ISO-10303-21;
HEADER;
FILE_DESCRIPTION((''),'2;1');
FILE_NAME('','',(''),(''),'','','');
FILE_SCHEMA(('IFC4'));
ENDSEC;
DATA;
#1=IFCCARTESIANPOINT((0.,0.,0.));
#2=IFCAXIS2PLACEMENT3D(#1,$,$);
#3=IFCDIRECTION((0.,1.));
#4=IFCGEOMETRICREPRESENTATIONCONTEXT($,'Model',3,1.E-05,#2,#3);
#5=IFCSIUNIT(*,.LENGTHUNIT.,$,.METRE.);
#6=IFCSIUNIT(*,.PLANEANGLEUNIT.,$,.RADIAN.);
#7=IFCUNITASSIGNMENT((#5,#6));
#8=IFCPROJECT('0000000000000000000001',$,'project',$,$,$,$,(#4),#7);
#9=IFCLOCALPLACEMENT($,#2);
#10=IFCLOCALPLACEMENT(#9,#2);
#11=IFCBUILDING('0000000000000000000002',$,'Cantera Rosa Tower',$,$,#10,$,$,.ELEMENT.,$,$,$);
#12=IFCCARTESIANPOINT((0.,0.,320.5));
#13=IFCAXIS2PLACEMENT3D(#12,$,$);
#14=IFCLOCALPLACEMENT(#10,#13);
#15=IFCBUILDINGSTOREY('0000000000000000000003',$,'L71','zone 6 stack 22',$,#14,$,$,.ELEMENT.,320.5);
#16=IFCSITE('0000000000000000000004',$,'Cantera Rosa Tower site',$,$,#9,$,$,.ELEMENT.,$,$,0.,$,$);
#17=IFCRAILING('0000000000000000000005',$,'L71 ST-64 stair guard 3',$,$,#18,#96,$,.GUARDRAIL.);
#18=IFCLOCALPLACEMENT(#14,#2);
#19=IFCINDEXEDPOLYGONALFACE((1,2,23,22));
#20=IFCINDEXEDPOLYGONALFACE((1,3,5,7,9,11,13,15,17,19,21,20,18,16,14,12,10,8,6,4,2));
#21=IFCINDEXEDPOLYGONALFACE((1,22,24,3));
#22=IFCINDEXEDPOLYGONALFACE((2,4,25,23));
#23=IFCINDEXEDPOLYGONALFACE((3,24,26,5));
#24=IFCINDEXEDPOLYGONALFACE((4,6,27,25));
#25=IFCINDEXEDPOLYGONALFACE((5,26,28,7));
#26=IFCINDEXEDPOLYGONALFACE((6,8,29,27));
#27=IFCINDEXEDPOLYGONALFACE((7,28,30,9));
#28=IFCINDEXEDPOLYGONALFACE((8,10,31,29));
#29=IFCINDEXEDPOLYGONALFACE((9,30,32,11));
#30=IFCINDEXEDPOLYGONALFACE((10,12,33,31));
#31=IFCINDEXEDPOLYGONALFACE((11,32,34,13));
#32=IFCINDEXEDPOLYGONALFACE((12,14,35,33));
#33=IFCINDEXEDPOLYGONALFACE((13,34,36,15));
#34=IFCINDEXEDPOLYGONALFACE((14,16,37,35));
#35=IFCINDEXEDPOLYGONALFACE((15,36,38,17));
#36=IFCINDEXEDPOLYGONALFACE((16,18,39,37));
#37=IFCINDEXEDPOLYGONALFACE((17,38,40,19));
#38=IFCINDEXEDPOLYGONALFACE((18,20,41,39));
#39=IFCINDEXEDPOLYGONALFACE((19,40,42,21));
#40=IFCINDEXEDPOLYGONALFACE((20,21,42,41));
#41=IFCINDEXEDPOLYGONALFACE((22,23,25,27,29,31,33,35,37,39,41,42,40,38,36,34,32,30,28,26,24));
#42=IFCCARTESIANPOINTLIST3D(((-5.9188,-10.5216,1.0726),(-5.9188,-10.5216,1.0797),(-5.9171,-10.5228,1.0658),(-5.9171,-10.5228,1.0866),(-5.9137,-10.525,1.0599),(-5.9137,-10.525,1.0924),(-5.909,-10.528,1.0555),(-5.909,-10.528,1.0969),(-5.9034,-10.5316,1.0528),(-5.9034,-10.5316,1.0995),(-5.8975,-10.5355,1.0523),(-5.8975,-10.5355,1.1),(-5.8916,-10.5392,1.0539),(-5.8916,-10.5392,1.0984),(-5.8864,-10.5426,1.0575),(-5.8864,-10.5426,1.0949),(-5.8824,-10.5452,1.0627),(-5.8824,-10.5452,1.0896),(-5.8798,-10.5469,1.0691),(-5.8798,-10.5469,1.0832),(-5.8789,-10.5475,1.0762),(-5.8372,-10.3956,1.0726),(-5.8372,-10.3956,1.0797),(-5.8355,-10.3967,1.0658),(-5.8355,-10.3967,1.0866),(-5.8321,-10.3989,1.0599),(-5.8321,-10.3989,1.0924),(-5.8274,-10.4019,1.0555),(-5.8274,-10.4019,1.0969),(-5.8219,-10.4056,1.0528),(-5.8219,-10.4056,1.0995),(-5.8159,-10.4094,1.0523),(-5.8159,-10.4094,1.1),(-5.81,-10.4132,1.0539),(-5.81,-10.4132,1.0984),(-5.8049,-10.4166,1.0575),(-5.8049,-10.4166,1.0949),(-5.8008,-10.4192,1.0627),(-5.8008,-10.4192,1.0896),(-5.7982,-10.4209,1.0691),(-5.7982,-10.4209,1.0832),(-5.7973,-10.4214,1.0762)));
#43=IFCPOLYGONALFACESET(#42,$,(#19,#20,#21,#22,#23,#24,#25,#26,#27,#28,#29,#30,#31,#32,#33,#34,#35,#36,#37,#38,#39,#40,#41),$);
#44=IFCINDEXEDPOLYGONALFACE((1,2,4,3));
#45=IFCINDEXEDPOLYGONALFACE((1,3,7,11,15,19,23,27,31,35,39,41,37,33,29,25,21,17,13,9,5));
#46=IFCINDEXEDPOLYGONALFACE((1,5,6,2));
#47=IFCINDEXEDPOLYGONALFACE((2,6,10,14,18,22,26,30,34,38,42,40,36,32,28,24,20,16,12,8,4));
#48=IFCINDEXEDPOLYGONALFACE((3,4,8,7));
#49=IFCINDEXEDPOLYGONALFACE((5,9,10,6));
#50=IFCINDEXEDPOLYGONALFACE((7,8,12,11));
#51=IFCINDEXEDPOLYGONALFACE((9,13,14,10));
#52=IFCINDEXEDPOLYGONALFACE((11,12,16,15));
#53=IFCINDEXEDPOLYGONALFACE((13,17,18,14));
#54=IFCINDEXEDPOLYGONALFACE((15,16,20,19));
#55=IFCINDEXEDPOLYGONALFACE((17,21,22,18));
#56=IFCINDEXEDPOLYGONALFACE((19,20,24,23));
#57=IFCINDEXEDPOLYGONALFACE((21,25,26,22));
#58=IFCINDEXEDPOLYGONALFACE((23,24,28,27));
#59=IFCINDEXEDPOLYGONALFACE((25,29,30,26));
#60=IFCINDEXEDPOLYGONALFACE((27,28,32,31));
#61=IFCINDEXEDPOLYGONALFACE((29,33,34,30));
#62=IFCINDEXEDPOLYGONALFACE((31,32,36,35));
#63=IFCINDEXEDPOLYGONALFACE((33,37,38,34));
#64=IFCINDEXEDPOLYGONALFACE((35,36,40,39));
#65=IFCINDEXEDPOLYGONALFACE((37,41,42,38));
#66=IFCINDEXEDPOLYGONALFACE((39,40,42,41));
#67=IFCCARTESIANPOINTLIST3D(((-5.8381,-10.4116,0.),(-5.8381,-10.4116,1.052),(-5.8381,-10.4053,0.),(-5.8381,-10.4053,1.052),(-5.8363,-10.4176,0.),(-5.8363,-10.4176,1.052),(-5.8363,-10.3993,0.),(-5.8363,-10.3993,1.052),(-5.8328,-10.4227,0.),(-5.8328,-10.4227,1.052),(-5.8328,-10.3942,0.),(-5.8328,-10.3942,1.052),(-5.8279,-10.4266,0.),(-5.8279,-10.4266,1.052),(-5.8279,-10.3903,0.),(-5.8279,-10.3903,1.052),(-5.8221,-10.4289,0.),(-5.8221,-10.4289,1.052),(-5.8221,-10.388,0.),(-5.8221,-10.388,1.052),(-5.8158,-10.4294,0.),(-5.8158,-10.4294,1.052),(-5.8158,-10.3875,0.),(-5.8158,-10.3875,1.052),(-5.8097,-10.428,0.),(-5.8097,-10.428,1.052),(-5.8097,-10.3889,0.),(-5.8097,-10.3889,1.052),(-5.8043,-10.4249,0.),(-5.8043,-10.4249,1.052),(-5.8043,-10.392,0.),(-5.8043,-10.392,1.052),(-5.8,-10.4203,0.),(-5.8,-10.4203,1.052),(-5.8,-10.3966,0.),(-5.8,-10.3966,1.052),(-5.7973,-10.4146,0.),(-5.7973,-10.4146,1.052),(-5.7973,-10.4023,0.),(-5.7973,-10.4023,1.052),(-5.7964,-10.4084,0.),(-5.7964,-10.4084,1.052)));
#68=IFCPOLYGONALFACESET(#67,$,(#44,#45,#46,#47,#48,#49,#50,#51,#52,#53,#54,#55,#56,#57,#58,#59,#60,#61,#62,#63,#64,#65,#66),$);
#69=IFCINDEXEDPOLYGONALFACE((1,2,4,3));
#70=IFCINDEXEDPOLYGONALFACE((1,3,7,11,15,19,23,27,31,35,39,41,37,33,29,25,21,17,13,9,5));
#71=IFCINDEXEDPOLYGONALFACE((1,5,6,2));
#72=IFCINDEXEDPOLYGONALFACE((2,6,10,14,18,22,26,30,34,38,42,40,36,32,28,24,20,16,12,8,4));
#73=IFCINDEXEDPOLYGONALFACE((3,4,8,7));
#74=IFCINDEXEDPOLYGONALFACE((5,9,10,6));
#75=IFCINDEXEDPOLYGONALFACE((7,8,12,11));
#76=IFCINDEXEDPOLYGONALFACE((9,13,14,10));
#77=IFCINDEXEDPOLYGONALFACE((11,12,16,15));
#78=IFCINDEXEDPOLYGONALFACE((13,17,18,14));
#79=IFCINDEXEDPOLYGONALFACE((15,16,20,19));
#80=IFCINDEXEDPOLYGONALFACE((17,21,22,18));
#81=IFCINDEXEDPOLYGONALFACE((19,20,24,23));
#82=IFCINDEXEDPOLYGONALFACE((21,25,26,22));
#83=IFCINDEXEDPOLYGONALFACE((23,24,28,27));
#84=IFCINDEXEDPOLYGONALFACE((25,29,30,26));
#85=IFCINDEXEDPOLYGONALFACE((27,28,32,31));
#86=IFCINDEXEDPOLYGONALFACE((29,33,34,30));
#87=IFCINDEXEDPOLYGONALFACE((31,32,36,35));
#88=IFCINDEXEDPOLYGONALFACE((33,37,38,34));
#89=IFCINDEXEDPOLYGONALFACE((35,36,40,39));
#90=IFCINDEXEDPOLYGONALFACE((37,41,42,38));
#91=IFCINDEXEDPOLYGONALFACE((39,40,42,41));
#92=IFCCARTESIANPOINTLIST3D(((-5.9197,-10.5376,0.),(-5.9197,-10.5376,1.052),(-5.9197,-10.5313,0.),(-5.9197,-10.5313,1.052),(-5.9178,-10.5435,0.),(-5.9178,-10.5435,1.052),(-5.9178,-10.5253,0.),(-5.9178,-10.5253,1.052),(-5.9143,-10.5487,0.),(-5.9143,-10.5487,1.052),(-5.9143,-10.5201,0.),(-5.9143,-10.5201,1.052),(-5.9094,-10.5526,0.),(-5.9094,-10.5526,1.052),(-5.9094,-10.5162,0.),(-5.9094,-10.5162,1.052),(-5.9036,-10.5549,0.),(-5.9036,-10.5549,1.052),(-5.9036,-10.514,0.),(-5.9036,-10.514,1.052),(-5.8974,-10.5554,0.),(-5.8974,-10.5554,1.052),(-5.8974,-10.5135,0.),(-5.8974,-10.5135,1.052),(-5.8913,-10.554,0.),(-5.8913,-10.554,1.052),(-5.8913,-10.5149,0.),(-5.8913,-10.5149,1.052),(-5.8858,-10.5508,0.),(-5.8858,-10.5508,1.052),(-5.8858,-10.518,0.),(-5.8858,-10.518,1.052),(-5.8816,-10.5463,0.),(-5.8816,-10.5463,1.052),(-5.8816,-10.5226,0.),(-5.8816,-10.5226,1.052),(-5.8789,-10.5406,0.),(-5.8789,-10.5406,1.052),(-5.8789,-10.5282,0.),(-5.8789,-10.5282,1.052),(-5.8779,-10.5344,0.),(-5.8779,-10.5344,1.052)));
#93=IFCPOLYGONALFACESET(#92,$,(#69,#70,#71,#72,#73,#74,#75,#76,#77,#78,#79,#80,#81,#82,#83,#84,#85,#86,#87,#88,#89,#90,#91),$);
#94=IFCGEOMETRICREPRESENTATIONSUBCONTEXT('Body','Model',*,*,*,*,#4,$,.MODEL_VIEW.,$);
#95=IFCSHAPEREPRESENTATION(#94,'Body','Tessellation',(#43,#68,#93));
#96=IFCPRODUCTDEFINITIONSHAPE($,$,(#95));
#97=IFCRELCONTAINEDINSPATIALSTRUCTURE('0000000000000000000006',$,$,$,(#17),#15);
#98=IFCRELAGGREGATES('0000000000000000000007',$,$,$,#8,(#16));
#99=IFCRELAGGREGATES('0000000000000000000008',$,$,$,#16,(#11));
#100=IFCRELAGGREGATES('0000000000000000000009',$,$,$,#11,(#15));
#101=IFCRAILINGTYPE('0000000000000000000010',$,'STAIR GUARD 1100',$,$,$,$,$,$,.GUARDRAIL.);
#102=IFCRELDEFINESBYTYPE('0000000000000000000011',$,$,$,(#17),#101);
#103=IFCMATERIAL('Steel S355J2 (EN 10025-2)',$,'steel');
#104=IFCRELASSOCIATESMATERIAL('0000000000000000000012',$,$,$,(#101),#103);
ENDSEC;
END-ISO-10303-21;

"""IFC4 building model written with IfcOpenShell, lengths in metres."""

from ifc_helpers import new_model, si_unit, direction, frame, origin, origin_2d, place, context, subcontext, project, spatial, circle, extrude, material, type_object, element, save


model = new_model("IFC4")

# Units and contexts
model_context = context("Model", 3, precision=1e-05, world=origin(), true_north=direction((0.0, 1.0)))
body_context = subcontext(model_context, "Body", "Model", "MODEL_VIEW")
ifc_project = project(units=[si_unit("LENGTHUNIT", "METRE"), si_unit("PLANEANGLEUNIT", "RADIAN")], contexts=[model_context])

# Site, building, storey
site_placement = place(None, origin())
site = spatial("IfcSite", under=ifc_project, at=site_placement, Name="Cantera Rosa Tower site", CompositionType="ELEMENT", RefElevation=0.0)
building_placement = place(site_placement, origin())
building = spatial("IfcBuilding", under=site, at=building_placement, Name="Cantera Rosa Tower", CompositionType="ELEMENT")
storey_placement = place(building_placement, frame((0.0, 0.0, 320.5)))
storey = spatial("IfcBuildingStorey", under=building, at=storey_placement, Name="L71", Description="zone 6 stack 22", CompositionType="ELEMENT", Elevation=320.5)

# Railing
ifc_material_1 = material(Name="Steel S355J2 (EN 10025-2)", Category="steel")
railing_type_1 = type_object("IfcRailingType", Name="STAIR GUARD 1100", PredefinedType="GUARDRAIL", material=ifc_material_1)
railing_1_placement = place(storey_placement, frame((-5.8174, -10.4084, 0.0)))
element("IfcRailing", 1, at=railing_1_placement, inside=storey, type_object=railing_type_1, Name="L71 ST-64 stair guard 3", PredefinedType="GUARDRAIL", context=body_context, shape_type="SweptSolid", body=[
    extrude(circle(Radius=0.0239, at=origin_2d()), frame((0.0, 0.0, 1.0762), z_axis=(-0.543386, -0.839483, 0.0), x_axis=(0.839483, -0.543386, 0.0)), (0.0, 0.0, 1.0), 0.1501),
    extrude(circle(Radius=0.021, at=origin_2d()), origin(), (0.0, 0.0, 1.0), 1.052),
    extrude(circle(Radius=0.021, at=origin_2d()), frame((-0.0815, -0.126, 0.0)), (0.0, 0.0, 1.0), 1.052),
])

save(model, "model.ifc")
